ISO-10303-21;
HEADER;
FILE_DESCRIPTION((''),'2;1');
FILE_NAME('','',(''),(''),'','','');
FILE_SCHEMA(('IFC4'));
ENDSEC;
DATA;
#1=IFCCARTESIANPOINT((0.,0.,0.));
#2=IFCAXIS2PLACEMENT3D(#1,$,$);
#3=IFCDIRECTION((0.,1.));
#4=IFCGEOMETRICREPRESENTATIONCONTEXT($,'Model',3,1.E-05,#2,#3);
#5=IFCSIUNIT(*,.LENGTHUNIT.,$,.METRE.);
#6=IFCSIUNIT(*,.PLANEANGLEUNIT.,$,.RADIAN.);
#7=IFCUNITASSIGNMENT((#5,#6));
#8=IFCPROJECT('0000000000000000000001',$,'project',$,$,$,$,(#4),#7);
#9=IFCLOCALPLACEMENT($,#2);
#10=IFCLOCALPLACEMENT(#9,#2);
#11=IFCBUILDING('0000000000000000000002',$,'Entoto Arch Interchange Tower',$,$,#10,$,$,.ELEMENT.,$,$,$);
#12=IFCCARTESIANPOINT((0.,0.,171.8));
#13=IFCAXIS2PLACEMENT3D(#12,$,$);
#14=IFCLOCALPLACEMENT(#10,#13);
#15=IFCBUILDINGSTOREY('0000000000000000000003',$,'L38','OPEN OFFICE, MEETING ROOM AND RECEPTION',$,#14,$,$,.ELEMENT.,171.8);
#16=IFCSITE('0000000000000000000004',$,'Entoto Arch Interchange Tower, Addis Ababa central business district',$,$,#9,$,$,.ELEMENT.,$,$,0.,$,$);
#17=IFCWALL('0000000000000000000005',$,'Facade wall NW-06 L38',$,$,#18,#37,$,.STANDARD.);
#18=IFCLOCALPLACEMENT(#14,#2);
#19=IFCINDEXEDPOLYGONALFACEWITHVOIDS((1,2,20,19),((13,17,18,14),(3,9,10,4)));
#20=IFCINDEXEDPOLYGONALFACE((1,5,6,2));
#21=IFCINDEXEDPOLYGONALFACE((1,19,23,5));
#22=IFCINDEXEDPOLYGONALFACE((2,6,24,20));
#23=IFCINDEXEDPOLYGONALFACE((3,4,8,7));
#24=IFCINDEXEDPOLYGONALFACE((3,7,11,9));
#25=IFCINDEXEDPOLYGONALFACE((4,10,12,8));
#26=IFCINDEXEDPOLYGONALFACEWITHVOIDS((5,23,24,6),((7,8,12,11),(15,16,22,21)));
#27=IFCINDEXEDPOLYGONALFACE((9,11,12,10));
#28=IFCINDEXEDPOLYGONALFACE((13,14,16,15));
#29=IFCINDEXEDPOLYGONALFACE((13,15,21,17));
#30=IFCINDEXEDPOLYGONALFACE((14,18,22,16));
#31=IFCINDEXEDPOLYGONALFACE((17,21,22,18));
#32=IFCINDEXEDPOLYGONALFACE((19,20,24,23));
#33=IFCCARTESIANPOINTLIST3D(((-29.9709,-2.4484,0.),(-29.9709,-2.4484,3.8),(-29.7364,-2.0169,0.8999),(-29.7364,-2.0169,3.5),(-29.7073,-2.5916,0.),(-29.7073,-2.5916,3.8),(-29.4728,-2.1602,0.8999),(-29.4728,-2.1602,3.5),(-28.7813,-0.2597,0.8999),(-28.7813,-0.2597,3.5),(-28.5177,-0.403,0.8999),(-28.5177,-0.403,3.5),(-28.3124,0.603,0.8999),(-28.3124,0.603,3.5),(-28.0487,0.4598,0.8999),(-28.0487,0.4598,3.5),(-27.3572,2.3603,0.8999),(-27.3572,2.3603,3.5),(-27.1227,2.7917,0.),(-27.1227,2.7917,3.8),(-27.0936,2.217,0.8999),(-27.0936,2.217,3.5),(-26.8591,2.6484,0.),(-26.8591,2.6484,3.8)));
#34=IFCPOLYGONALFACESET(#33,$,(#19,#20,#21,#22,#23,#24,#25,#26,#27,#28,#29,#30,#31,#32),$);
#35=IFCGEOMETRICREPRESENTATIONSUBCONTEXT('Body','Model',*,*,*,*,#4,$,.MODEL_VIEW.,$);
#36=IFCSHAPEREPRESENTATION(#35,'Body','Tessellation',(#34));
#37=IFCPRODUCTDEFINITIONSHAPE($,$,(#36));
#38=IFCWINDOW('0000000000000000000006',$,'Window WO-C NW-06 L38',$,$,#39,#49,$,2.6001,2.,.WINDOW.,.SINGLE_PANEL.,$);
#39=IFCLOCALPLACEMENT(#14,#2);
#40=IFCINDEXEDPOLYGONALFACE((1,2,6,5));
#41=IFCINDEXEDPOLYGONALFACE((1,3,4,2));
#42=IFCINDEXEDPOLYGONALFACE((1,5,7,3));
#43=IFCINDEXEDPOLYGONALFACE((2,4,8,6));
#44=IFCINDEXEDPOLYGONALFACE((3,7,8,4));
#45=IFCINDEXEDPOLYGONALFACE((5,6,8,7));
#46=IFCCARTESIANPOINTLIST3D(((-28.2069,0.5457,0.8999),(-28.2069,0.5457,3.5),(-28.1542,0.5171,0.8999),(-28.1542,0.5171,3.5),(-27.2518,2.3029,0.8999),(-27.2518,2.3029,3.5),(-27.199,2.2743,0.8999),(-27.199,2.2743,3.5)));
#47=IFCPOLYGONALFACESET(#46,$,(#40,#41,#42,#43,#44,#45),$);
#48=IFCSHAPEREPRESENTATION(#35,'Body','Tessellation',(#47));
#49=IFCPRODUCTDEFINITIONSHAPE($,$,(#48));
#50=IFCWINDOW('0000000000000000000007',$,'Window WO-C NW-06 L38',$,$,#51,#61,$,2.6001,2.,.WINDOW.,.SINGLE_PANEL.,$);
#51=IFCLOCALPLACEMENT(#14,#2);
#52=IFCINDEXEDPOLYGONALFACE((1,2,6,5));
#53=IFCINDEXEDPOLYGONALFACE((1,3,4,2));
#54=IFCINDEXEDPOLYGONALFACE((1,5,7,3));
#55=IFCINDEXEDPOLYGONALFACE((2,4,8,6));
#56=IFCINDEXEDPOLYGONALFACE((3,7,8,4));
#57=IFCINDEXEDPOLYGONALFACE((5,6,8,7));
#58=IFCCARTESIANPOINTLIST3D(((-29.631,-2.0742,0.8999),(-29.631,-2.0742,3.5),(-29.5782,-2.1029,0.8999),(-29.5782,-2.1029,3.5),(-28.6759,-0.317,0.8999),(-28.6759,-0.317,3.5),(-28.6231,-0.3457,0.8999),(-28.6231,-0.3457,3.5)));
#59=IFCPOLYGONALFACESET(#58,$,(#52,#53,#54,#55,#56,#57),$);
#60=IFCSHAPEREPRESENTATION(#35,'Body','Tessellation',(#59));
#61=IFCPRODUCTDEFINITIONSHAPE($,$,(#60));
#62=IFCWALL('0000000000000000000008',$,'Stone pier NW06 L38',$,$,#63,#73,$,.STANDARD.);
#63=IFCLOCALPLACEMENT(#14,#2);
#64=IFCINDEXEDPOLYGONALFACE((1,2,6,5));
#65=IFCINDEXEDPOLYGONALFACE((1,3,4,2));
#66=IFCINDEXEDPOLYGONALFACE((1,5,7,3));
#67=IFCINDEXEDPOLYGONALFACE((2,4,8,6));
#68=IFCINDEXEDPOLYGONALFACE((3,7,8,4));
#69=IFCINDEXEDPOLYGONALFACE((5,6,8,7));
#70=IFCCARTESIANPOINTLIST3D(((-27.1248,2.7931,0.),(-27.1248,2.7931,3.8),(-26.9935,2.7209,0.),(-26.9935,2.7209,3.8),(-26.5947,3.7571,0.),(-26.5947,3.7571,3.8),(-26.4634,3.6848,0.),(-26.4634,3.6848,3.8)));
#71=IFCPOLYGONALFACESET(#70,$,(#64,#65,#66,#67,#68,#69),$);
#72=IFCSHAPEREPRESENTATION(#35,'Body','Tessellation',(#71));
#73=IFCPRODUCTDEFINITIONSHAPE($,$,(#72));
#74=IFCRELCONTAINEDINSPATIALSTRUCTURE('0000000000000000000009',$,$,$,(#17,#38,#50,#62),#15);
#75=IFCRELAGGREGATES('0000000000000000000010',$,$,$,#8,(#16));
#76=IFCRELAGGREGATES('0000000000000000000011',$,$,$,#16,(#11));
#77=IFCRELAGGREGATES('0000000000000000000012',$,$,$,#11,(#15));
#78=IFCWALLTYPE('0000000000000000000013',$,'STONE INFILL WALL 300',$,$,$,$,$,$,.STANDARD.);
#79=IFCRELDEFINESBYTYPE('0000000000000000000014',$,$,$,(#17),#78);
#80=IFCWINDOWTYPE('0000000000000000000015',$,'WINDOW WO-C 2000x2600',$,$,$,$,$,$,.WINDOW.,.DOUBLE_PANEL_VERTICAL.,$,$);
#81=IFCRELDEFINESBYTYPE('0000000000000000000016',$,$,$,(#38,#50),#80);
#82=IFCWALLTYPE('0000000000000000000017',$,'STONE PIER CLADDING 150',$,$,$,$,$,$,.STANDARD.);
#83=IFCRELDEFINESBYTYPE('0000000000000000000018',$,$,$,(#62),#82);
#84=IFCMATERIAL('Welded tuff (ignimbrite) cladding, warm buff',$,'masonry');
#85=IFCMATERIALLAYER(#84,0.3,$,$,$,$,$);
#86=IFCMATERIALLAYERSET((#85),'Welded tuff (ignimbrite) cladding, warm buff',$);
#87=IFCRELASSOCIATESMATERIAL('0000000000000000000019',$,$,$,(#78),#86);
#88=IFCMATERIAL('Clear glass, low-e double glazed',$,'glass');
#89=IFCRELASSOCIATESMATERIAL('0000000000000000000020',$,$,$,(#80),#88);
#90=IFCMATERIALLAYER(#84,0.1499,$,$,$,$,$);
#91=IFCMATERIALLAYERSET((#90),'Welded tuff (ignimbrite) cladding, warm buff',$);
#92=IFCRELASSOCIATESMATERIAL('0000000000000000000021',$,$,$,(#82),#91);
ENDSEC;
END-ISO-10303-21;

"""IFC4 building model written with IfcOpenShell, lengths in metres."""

from ifc_helpers import new_model, si_unit, direction, frame, frame_2d, origin, place, context, subcontext, project, spatial, rectangle, extrude, material, layer, layer_set, type_object, element, fill, save


model = new_model("IFC4")

# Units and contexts
model_context = context("Model", 3, precision=1e-05, world=origin(), true_north=direction((0.0, 1.0)))
body_context = subcontext(model_context, "Body", "Model", "MODEL_VIEW")
ifc_project = project(units=[si_unit("LENGTHUNIT", "METRE"), si_unit("PLANEANGLEUNIT", "RADIAN")], contexts=[model_context])

# Site, building, storey
site_placement = place(None, origin())
site = spatial("IfcSite", under=ifc_project, at=site_placement, Name="Entoto Arch Interchange Tower, Addis Ababa central business district", CompositionType="ELEMENT", RefElevation=0.0)
building_placement = place(site_placement, origin())
building = spatial("IfcBuilding", under=site, at=building_placement, Name="Entoto Arch Interchange Tower", CompositionType="ELEMENT")
storey_placement = place(building_placement, frame((0.0, 0.0, 171.8)))
storey = spatial("IfcBuildingStorey", under=building, at=storey_placement, Name="L38", Description="OPEN OFFICE, MEETING ROOM AND RECEPTION", CompositionType="ELEMENT", Elevation=171.8)

# Shared definitions
ifc_material_1 = material(Name="Welded tuff (ignimbrite) cladding, warm buff", Category="masonry")
ifc_layer_1 = layer(ifc_material_1, 0.3)
ifc_layer_set_1 = layer_set([ifc_layer_1], Name="Welded tuff (ignimbrite) cladding, warm buff")
wall_type_1 = type_object("IfcWallType", Name="STONE INFILL WALL 300", PredefinedType="STANDARD", material=ifc_layer_set_1)
ifc_material_2 = material(Name="Clear glass, low-e double glazed", Category="glass")
window_type = type_object("IfcWindowType", Name="WINDOW WO-C 2000x2600", PartitioningType="DOUBLE_PANEL_VERTICAL", PredefinedType="WINDOW", material=ifc_material_2)

# Wall, openings, windows
wall_1_placement = place(storey_placement, frame((-26.991, 2.72, 0.0), z_axis=(0.0, 0.0, 1.0), x_axis=(-0.477555, -0.878602, 0.0)))
wall_1 = element("IfcWall", 1, at=wall_1_placement, inside=storey, type_object=wall_type_1, Name="Facade wall NW-06 L38", PredefinedType="STANDARD", context=body_context, shape_type="SweptSolid", body=[
    extrude(rectangle(XDim=5.9641, YDim=0.3, at=frame_2d((2.9819, 0.0))), origin(), (0.0, 0.0, 1.0), 3.8),
])
opening_1_placement = place(wall_1_placement, frame((0.491, 0.0, 0.8999)))
opening_1 = element("IfcOpeningElement", 2, at=opening_1_placement, cuts=wall_1, PredefinedType="OPENING", context=body_context, shape_type="SweptSolid", body=[
    extrude(rectangle(XDim=2.0, YDim=2.6001, at=frame_2d((1.0, 1.3))), frame((0.0, 0.1602, 0.0), z_axis=(0.0, -1.0, 0.0), x_axis=(1.0, 0.0, 0.0)), (0.0, 0.0, 1.0), 0.3201),
])
opening_2_placement = place(wall_1_placement, frame((3.4729, 0.0, 0.8999)))
opening_2 = element("IfcOpeningElement", 3, at=opening_2_placement, cuts=wall_1, PredefinedType="OPENING", context=body_context, shape_type="SweptSolid", body=[
    extrude(rectangle(XDim=2.0, YDim=2.6001, at=frame_2d((1.0, 1.3))), frame((0.0, 0.1602, 0.0), z_axis=(0.0, -1.0, 0.0), x_axis=(1.0, 0.0, 0.0)), (0.0, 0.0, 1.0), 0.3201),
])
window_1_placement = place(opening_1_placement, origin())
window_1 = element("IfcWindow", 4, at=window_1_placement, inside=storey, type_object=window_type, Name="Window WO-C NW-06 L38", OverallHeight=2.6001, OverallWidth=2.0, PartitioningType="SINGLE_PANEL", PredefinedType="WINDOW", context=body_context, shape_type="SweptSolid", body=[
    extrude(rectangle(XDim=2.0, YDim=2.6001, at=frame_2d((1.0, 1.3))), frame((0.0, 0.03, 0.0), z_axis=(0.0, -1.0, 0.0), x_axis=(1.0, 0.0, 0.0)), (0.0, 0.0, 1.0), 0.0601),
])
fill(opening_1, window_1)
window_2_placement = place(opening_2_placement, origin())
window_2 = element("IfcWindow", 5, at=window_2_placement, inside=storey, type_object=window_type, Name="Window WO-C NW-06 L38", OverallHeight=2.6001, OverallWidth=2.0, PartitioningType="SINGLE_PANEL", PredefinedType="WINDOW", context=body_context, shape_type="SweptSolid", body=[
    extrude(rectangle(XDim=2.0, YDim=2.6001, at=frame_2d((1.0, 1.3))), frame((0.0, 0.03, 0.0), z_axis=(0.0, -1.0, 0.0), x_axis=(1.0, 0.0, 0.0)), (0.0, 0.0, 1.0), 0.0601),
])
fill(opening_2, window_2)

# Wall
ifc_layer_2 = layer(ifc_material_1, 0.1499)
ifc_layer_set_2 = layer_set([ifc_layer_2], Name="Welded tuff (ignimbrite) cladding, warm buff")
wall_type_2 = type_object("IfcWallType", Name="STONE PIER CLADDING 150", PredefinedType="STANDARD", material=ifc_layer_set_2)
wall_2_placement = place(storey_placement, frame((-26.5291, 3.7209, 0.0), z_axis=(0.0, 0.0, 1.0), x_axis=(-0.481851, -0.876253, 0.0)))
element("IfcWall", 6, at=wall_2_placement, inside=storey, type_object=wall_type_2, Name="Stone pier NW06 L38", PredefinedType="STANDARD", context=body_context, shape_type="SweptSolid", body=[
    extrude(rectangle(XDim=1.1001, YDim=0.1499, at=frame_2d((0.55, 0.0))), origin(), (0.0, 0.0, 1.0), 3.8),
])

save(model, "model.ifc")
